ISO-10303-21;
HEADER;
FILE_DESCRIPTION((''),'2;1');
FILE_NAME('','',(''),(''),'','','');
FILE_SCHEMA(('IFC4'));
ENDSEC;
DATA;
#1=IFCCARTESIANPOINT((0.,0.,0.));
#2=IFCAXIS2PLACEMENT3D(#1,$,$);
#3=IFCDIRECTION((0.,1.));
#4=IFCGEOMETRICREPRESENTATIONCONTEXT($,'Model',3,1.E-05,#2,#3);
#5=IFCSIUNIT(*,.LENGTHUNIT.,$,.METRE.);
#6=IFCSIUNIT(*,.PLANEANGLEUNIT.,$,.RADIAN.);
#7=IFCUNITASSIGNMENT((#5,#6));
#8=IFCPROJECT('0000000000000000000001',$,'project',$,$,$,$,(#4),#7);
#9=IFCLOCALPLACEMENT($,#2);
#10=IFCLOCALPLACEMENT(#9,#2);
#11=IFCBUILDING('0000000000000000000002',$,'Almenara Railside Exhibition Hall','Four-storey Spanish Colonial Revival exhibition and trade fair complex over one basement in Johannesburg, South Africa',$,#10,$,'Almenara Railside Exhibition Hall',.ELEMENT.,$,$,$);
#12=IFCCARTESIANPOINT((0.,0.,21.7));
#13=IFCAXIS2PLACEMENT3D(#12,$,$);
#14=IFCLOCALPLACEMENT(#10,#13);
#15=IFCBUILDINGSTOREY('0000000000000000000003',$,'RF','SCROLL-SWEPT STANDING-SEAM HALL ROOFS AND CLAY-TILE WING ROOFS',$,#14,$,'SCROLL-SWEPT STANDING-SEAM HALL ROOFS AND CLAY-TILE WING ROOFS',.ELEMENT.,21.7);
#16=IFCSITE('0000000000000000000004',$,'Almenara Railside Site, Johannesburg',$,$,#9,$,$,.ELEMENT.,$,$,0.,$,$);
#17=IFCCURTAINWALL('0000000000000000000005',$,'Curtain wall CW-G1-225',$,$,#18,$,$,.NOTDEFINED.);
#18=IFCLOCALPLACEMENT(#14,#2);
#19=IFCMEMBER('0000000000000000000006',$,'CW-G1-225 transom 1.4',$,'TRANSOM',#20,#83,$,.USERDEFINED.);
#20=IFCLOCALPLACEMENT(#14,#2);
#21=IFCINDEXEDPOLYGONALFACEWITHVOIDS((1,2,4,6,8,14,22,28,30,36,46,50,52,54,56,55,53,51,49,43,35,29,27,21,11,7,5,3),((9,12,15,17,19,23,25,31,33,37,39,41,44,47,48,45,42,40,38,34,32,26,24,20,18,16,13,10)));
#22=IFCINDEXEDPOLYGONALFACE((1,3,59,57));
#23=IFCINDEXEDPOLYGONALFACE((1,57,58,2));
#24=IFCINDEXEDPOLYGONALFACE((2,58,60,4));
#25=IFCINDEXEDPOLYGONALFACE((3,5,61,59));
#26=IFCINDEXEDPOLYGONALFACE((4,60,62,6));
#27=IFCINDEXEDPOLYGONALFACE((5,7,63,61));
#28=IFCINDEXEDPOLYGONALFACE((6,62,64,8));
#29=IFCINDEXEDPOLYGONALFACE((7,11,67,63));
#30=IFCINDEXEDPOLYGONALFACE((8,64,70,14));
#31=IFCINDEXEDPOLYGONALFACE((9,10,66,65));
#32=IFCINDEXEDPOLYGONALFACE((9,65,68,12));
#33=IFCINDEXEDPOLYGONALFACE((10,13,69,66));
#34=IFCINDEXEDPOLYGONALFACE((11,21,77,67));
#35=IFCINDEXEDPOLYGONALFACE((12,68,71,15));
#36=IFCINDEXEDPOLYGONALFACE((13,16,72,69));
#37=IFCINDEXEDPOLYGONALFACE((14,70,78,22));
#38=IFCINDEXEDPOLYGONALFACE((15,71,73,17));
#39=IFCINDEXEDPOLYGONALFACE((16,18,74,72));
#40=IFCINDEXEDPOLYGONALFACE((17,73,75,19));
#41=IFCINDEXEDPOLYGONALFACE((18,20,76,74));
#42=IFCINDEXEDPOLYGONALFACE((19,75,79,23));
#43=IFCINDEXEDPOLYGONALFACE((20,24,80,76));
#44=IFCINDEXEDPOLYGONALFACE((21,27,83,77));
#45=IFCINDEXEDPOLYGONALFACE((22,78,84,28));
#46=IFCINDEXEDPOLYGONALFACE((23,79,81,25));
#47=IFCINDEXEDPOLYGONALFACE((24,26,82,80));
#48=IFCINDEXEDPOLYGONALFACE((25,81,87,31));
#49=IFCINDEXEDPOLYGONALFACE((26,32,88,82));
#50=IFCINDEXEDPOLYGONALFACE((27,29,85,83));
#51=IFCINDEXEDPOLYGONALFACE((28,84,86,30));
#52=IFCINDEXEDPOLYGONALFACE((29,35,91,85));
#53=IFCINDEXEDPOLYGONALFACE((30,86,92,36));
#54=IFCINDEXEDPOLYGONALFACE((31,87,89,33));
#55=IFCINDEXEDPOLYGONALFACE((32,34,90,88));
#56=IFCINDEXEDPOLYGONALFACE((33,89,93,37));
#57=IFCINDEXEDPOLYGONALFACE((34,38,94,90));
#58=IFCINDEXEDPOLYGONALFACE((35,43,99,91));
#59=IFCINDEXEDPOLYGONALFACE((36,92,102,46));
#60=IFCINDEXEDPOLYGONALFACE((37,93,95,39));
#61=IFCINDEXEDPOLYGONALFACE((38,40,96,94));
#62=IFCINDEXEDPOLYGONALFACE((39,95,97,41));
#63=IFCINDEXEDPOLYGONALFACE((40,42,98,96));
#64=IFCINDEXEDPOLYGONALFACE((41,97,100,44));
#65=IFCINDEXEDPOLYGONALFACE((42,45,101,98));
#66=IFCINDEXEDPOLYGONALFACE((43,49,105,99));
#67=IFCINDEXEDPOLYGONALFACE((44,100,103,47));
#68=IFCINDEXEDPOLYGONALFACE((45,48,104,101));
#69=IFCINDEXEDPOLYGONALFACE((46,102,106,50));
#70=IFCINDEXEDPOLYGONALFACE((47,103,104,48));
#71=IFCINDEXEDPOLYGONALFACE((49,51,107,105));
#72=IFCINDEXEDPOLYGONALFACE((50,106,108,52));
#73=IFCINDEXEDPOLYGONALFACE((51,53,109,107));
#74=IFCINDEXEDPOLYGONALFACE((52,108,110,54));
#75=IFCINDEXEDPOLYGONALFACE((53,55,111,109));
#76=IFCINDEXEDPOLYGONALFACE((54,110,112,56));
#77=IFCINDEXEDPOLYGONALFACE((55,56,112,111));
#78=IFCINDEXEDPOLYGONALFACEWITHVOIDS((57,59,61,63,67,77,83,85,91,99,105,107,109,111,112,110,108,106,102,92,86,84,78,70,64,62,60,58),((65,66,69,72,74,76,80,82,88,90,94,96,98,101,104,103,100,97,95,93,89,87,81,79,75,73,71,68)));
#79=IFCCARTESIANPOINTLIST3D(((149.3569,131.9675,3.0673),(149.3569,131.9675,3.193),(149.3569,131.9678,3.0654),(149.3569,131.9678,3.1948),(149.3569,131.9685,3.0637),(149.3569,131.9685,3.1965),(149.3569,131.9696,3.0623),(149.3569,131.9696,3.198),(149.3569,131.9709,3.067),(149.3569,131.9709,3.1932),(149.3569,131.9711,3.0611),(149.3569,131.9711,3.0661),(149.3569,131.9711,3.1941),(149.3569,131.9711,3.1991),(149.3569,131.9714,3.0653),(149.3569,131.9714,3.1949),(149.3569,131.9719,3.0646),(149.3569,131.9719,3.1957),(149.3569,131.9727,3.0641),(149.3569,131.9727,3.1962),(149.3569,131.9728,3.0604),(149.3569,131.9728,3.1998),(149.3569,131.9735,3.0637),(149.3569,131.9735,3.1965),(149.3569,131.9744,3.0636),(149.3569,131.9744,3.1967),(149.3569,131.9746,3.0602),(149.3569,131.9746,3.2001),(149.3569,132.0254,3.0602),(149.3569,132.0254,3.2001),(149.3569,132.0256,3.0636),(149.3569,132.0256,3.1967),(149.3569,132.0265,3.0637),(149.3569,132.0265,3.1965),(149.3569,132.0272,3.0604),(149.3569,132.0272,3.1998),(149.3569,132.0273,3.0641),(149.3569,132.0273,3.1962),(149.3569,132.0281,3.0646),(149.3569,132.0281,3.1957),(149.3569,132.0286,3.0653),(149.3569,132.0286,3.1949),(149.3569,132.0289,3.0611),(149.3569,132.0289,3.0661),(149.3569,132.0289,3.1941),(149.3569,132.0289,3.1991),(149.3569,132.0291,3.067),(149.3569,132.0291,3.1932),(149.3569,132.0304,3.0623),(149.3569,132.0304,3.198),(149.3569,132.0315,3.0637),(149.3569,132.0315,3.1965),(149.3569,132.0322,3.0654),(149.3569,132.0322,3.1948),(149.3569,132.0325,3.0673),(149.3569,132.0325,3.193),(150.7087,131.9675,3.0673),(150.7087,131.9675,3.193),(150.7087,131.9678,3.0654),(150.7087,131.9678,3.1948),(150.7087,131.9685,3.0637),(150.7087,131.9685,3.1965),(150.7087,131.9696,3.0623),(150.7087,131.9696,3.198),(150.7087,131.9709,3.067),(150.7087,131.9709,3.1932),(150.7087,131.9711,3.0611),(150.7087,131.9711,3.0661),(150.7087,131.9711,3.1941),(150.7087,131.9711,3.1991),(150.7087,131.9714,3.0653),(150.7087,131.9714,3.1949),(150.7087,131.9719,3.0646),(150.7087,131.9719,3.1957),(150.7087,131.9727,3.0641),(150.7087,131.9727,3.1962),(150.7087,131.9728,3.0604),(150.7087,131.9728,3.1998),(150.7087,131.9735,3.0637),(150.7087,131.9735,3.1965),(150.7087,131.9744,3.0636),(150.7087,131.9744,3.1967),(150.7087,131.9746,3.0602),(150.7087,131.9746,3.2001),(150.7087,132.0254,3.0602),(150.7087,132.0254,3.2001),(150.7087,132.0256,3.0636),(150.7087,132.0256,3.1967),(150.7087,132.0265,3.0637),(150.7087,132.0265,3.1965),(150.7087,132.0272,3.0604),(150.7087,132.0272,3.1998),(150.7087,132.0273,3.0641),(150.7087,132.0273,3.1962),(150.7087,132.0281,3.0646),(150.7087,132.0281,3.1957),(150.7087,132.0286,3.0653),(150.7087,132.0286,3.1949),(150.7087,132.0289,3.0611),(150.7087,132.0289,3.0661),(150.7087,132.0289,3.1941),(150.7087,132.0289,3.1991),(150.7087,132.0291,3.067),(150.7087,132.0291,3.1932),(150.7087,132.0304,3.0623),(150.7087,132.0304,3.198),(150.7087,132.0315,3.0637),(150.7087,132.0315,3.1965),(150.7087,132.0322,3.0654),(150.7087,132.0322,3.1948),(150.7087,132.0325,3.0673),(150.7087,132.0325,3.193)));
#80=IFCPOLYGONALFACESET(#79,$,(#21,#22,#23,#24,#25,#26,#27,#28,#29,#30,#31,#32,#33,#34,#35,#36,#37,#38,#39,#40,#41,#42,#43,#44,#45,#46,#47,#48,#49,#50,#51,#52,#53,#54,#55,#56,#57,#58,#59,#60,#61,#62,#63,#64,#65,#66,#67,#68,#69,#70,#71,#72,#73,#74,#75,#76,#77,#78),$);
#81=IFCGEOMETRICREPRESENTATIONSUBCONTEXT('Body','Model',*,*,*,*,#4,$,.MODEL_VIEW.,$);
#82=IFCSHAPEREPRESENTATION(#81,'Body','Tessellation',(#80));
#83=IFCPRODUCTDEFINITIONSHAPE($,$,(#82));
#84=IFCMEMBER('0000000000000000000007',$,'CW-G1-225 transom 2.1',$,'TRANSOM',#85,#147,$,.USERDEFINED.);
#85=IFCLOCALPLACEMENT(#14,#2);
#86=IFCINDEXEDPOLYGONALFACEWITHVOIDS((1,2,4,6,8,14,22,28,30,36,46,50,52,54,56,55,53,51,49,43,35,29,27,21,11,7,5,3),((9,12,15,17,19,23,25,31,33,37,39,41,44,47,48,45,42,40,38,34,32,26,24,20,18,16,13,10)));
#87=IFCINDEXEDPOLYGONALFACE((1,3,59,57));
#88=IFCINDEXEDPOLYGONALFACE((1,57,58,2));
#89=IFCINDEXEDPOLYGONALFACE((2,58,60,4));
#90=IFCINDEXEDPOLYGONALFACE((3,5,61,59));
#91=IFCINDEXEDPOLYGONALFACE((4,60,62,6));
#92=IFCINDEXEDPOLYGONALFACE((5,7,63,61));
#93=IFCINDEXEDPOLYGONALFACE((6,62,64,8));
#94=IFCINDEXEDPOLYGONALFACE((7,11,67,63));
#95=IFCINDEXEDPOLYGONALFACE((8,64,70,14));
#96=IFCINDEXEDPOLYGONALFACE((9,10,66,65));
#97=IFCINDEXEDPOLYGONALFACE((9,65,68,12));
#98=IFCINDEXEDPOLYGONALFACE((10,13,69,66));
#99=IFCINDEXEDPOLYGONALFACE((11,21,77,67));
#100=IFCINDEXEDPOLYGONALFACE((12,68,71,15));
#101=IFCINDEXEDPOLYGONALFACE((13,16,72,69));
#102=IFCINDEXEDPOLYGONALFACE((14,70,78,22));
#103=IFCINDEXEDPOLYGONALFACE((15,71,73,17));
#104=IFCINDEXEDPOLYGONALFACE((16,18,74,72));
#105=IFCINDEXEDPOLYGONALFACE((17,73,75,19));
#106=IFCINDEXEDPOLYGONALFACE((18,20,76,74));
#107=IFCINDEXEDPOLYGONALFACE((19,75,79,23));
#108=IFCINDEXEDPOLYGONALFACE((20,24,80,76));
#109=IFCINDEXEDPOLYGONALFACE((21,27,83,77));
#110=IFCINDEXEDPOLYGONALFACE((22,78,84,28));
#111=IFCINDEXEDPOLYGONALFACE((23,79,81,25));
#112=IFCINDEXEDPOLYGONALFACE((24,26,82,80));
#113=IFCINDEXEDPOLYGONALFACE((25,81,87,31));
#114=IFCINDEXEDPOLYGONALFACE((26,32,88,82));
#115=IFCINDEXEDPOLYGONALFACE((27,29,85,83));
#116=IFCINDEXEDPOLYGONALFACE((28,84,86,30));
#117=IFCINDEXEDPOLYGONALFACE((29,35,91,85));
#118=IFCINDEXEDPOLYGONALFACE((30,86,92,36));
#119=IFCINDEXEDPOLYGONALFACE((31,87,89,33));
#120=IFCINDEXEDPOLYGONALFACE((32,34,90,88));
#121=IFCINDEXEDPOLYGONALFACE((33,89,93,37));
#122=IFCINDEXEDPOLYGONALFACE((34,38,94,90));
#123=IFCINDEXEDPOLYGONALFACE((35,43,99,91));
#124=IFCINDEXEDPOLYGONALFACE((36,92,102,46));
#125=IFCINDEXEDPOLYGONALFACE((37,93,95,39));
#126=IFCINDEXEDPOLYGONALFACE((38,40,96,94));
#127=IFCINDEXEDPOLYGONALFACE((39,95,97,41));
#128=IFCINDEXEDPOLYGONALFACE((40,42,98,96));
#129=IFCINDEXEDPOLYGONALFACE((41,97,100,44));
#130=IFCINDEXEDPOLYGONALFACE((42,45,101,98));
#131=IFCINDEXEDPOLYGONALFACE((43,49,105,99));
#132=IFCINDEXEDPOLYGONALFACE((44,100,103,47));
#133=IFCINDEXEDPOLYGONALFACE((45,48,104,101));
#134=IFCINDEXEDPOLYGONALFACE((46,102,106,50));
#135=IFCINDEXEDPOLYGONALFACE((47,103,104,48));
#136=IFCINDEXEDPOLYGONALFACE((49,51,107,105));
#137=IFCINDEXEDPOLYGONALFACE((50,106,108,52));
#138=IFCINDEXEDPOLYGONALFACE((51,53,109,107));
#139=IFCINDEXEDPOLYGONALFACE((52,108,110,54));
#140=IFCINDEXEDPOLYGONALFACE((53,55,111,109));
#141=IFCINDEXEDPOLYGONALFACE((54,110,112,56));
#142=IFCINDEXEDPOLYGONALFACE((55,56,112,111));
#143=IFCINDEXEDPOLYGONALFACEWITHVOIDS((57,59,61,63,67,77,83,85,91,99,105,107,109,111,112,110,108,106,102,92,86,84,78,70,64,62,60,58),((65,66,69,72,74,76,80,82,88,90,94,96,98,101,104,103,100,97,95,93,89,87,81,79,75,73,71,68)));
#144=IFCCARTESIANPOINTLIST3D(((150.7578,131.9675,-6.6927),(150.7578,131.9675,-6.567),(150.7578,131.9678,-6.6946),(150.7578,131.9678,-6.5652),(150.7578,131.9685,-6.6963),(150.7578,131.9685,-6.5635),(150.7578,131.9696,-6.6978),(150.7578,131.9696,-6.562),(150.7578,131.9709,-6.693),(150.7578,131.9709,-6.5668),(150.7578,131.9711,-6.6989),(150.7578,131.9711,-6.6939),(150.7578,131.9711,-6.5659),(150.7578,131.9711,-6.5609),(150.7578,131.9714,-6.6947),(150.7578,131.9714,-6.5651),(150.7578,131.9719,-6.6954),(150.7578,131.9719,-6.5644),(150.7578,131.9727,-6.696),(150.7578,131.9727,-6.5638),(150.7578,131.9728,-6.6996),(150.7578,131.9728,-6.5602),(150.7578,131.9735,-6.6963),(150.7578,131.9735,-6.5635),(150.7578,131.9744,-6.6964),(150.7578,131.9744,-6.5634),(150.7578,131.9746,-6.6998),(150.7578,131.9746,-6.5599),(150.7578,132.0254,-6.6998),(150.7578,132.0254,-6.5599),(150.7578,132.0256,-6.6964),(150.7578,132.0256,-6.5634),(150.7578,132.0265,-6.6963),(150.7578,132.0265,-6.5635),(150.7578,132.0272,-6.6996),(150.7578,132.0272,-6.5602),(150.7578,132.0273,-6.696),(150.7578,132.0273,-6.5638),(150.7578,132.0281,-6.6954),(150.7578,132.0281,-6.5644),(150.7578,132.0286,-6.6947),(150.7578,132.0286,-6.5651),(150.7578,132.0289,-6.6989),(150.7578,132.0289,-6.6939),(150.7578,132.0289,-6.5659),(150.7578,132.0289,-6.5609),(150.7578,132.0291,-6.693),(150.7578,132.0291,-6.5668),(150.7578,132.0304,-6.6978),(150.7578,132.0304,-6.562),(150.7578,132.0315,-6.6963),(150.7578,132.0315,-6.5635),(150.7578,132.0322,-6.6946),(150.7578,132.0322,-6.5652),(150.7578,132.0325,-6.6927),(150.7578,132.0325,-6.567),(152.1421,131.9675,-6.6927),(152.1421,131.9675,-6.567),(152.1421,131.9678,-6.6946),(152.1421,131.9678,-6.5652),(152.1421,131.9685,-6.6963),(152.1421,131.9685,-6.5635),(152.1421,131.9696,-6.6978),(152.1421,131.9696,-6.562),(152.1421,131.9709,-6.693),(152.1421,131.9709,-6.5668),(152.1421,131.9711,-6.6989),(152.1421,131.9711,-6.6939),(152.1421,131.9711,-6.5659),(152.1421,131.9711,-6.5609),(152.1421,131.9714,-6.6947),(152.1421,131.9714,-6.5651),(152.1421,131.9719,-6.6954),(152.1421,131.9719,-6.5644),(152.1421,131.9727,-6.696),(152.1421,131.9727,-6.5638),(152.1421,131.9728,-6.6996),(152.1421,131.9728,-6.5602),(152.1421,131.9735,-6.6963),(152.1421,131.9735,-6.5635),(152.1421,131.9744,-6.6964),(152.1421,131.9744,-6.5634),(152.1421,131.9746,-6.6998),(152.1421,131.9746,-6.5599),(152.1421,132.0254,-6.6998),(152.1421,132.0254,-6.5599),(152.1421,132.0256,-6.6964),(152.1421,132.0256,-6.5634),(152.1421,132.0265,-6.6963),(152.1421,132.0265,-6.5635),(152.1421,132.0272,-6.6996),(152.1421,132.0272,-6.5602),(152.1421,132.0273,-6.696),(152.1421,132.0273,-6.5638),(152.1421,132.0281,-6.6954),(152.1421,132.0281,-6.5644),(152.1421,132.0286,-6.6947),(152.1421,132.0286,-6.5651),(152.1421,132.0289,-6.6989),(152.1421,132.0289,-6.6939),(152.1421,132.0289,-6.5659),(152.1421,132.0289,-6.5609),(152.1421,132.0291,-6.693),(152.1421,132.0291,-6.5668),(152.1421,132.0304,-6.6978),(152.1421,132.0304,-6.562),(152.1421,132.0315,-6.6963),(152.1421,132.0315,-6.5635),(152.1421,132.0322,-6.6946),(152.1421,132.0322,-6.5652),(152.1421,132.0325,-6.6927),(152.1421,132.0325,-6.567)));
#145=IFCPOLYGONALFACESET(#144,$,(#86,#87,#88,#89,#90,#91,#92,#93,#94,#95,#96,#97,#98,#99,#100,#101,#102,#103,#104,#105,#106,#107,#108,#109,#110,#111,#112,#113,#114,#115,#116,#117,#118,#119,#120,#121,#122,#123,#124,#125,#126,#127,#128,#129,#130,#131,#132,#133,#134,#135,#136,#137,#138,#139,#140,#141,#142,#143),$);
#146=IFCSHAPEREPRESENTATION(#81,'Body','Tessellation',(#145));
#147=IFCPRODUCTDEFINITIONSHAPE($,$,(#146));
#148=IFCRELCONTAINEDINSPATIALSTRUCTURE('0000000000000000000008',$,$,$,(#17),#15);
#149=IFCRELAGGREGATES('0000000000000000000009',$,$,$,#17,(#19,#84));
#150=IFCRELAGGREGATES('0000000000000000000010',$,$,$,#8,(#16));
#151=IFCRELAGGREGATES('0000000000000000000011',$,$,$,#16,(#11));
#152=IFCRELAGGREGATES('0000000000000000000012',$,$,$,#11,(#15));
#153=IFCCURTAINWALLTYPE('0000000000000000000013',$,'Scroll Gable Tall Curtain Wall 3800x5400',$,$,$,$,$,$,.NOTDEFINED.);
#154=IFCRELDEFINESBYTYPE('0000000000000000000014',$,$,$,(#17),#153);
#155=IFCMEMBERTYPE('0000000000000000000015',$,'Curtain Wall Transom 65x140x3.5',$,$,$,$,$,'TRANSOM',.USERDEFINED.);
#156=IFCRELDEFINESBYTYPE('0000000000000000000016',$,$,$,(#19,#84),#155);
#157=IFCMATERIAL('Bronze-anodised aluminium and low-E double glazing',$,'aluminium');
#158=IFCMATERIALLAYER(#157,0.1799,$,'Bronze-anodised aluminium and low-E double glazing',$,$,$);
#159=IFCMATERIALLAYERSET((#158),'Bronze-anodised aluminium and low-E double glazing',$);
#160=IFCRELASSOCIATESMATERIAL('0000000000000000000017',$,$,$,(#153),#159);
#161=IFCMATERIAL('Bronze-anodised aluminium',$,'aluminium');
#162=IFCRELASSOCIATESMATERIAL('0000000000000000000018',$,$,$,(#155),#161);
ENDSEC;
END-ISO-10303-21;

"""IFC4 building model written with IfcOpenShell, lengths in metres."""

from ifc_helpers import new_model, si_unit, direction, frame, origin, origin_2d, place, context, subcontext, project, spatial, hollow_rectangle, extrude, material, layer, layer_set, material_profile, profile_set, type_object, element, aggregate, save


model = new_model("IFC4")

# Units and contexts
model_context = context("Model", 3, precision=1e-05, world=origin(), true_north=direction((0.0, 1.0)))
body_context = subcontext(model_context, "Body", "Model", "MODEL_VIEW")
ifc_project = project(units=[si_unit("LENGTHUNIT", "METRE"), si_unit("PLANEANGLEUNIT", "RADIAN")], contexts=[model_context])

# Site, building, storey
site_placement = place(None, origin())
site = spatial("IfcSite", under=ifc_project, at=site_placement, Name="Almenara Railside Site, Johannesburg", CompositionType="ELEMENT", RefElevation=0.0)
building_placement = place(site_placement, origin())
building = spatial("IfcBuilding", under=site, at=building_placement, Name="Almenara Railside Exhibition Hall", Description="Four-storey Spanish Colonial Revival exhibition and trade fair complex over one basement in Johannesburg, South Africa", LongName="Almenara Railside Exhibition Hall", CompositionType="ELEMENT")
storey_placement = place(building_placement, frame((0.0, 0.0, 21.7)))
storey = spatial("IfcBuildingStorey", under=building, at=storey_placement, Name="RF", Description="SCROLL-SWEPT STANDING-SEAM HALL ROOFS AND CLAY-TILE WING ROOFS", LongName="SCROLL-SWEPT STANDING-SEAM HALL ROOFS AND CLAY-TILE WING ROOFS", CompositionType="ELEMENT", Elevation=21.7)

# Curtain wall
ifc_material_1 = material(Name="Bronze-anodised aluminium and low-E double glazing", Category="aluminium")
ifc_material_2 = material(Name="Bronze-anodised aluminium", Category="aluminium")
ifc_layer_1 = layer(ifc_material_1, 0.1799, Name="Bronze-anodised aluminium and low-E double glazing")
ifc_layer_set_1 = layer_set([ifc_layer_1], Name="Bronze-anodised aluminium and low-E double glazing")
curtain_wall_type_1 = type_object("IfcCurtainWallType", Name="Scroll Gable Tall Curtain Wall 3800x5400", PredefinedType="NOTDEFINED", material=ifc_layer_set_1)
curtain_wall_1_placement = place(storey_placement, origin())
curtain_wall_1 = element("IfcCurtainWall", 1, at=curtain_wall_1_placement, inside=storey, type_object=curtain_wall_type_1, Name="Curtain wall CW-G1-225", PredefinedType="NOTDEFINED")

# Members
ifc_material_profile_1 = material_profile(ifc_material_2, hollow_rectangle(XDim=0.0649, YDim=0.1399, WallThickness=0.0034, InnerFilletRadius=0.0034, OuterFilletRadius=0.0071, at=origin_2d()), Name="ALU-TRN 65x140x3.5")
ifc_profile_set_1 = profile_set([ifc_material_profile_1], Name="Bronze-anodised aluminium")
member_type_1 = type_object("IfcMemberType", Name="Curtain Wall Transom 65x140x3.5", ElementType="TRANSOM", PredefinedType="USERDEFINED", material=ifc_profile_set_1)
member_1_placement = place(storey_placement, frame((149.3569, 132.0, 3.1301), z_axis=(1.0, 0.0, 0.0), x_axis=(0.0, 1.0, 0.0)))
member_1 = element("IfcMember", 2, at=member_1_placement, type_object=member_type_1, Name="CW-G1-225 transom 1.4", ObjectType="TRANSOM", PredefinedType="USERDEFINED", context=body_context, shape_type="SweptSolid", body=[
    extrude(hollow_rectangle(XDim=0.0649, YDim=0.1399, WallThickness=0.0034, InnerFilletRadius=0.0034, OuterFilletRadius=0.0071, at=origin_2d()), origin(), (0.0, 0.0, 1.0), 1.3518),
])
member_2_placement = place(storey_placement, frame((150.7578, 132.0, -6.6299), z_axis=(1.0, 0.0, 0.0), x_axis=(0.0, 1.0, 0.0)))
member_2 = element("IfcMember", 3, at=member_2_placement, type_object=member_type_1, Name="CW-G1-225 transom 2.1", ObjectType="TRANSOM", PredefinedType="USERDEFINED", context=body_context, shape_type="SweptSolid", body=[
    extrude(hollow_rectangle(XDim=0.0649, YDim=0.1399, WallThickness=0.0034, InnerFilletRadius=0.0034, OuterFilletRadius=0.0071, at=origin_2d()), origin(), (0.0, 0.0, 1.0), 1.3843),
])

aggregate(curtain_wall_1, [member_1, member_2])

save(model, "model.ifc")
